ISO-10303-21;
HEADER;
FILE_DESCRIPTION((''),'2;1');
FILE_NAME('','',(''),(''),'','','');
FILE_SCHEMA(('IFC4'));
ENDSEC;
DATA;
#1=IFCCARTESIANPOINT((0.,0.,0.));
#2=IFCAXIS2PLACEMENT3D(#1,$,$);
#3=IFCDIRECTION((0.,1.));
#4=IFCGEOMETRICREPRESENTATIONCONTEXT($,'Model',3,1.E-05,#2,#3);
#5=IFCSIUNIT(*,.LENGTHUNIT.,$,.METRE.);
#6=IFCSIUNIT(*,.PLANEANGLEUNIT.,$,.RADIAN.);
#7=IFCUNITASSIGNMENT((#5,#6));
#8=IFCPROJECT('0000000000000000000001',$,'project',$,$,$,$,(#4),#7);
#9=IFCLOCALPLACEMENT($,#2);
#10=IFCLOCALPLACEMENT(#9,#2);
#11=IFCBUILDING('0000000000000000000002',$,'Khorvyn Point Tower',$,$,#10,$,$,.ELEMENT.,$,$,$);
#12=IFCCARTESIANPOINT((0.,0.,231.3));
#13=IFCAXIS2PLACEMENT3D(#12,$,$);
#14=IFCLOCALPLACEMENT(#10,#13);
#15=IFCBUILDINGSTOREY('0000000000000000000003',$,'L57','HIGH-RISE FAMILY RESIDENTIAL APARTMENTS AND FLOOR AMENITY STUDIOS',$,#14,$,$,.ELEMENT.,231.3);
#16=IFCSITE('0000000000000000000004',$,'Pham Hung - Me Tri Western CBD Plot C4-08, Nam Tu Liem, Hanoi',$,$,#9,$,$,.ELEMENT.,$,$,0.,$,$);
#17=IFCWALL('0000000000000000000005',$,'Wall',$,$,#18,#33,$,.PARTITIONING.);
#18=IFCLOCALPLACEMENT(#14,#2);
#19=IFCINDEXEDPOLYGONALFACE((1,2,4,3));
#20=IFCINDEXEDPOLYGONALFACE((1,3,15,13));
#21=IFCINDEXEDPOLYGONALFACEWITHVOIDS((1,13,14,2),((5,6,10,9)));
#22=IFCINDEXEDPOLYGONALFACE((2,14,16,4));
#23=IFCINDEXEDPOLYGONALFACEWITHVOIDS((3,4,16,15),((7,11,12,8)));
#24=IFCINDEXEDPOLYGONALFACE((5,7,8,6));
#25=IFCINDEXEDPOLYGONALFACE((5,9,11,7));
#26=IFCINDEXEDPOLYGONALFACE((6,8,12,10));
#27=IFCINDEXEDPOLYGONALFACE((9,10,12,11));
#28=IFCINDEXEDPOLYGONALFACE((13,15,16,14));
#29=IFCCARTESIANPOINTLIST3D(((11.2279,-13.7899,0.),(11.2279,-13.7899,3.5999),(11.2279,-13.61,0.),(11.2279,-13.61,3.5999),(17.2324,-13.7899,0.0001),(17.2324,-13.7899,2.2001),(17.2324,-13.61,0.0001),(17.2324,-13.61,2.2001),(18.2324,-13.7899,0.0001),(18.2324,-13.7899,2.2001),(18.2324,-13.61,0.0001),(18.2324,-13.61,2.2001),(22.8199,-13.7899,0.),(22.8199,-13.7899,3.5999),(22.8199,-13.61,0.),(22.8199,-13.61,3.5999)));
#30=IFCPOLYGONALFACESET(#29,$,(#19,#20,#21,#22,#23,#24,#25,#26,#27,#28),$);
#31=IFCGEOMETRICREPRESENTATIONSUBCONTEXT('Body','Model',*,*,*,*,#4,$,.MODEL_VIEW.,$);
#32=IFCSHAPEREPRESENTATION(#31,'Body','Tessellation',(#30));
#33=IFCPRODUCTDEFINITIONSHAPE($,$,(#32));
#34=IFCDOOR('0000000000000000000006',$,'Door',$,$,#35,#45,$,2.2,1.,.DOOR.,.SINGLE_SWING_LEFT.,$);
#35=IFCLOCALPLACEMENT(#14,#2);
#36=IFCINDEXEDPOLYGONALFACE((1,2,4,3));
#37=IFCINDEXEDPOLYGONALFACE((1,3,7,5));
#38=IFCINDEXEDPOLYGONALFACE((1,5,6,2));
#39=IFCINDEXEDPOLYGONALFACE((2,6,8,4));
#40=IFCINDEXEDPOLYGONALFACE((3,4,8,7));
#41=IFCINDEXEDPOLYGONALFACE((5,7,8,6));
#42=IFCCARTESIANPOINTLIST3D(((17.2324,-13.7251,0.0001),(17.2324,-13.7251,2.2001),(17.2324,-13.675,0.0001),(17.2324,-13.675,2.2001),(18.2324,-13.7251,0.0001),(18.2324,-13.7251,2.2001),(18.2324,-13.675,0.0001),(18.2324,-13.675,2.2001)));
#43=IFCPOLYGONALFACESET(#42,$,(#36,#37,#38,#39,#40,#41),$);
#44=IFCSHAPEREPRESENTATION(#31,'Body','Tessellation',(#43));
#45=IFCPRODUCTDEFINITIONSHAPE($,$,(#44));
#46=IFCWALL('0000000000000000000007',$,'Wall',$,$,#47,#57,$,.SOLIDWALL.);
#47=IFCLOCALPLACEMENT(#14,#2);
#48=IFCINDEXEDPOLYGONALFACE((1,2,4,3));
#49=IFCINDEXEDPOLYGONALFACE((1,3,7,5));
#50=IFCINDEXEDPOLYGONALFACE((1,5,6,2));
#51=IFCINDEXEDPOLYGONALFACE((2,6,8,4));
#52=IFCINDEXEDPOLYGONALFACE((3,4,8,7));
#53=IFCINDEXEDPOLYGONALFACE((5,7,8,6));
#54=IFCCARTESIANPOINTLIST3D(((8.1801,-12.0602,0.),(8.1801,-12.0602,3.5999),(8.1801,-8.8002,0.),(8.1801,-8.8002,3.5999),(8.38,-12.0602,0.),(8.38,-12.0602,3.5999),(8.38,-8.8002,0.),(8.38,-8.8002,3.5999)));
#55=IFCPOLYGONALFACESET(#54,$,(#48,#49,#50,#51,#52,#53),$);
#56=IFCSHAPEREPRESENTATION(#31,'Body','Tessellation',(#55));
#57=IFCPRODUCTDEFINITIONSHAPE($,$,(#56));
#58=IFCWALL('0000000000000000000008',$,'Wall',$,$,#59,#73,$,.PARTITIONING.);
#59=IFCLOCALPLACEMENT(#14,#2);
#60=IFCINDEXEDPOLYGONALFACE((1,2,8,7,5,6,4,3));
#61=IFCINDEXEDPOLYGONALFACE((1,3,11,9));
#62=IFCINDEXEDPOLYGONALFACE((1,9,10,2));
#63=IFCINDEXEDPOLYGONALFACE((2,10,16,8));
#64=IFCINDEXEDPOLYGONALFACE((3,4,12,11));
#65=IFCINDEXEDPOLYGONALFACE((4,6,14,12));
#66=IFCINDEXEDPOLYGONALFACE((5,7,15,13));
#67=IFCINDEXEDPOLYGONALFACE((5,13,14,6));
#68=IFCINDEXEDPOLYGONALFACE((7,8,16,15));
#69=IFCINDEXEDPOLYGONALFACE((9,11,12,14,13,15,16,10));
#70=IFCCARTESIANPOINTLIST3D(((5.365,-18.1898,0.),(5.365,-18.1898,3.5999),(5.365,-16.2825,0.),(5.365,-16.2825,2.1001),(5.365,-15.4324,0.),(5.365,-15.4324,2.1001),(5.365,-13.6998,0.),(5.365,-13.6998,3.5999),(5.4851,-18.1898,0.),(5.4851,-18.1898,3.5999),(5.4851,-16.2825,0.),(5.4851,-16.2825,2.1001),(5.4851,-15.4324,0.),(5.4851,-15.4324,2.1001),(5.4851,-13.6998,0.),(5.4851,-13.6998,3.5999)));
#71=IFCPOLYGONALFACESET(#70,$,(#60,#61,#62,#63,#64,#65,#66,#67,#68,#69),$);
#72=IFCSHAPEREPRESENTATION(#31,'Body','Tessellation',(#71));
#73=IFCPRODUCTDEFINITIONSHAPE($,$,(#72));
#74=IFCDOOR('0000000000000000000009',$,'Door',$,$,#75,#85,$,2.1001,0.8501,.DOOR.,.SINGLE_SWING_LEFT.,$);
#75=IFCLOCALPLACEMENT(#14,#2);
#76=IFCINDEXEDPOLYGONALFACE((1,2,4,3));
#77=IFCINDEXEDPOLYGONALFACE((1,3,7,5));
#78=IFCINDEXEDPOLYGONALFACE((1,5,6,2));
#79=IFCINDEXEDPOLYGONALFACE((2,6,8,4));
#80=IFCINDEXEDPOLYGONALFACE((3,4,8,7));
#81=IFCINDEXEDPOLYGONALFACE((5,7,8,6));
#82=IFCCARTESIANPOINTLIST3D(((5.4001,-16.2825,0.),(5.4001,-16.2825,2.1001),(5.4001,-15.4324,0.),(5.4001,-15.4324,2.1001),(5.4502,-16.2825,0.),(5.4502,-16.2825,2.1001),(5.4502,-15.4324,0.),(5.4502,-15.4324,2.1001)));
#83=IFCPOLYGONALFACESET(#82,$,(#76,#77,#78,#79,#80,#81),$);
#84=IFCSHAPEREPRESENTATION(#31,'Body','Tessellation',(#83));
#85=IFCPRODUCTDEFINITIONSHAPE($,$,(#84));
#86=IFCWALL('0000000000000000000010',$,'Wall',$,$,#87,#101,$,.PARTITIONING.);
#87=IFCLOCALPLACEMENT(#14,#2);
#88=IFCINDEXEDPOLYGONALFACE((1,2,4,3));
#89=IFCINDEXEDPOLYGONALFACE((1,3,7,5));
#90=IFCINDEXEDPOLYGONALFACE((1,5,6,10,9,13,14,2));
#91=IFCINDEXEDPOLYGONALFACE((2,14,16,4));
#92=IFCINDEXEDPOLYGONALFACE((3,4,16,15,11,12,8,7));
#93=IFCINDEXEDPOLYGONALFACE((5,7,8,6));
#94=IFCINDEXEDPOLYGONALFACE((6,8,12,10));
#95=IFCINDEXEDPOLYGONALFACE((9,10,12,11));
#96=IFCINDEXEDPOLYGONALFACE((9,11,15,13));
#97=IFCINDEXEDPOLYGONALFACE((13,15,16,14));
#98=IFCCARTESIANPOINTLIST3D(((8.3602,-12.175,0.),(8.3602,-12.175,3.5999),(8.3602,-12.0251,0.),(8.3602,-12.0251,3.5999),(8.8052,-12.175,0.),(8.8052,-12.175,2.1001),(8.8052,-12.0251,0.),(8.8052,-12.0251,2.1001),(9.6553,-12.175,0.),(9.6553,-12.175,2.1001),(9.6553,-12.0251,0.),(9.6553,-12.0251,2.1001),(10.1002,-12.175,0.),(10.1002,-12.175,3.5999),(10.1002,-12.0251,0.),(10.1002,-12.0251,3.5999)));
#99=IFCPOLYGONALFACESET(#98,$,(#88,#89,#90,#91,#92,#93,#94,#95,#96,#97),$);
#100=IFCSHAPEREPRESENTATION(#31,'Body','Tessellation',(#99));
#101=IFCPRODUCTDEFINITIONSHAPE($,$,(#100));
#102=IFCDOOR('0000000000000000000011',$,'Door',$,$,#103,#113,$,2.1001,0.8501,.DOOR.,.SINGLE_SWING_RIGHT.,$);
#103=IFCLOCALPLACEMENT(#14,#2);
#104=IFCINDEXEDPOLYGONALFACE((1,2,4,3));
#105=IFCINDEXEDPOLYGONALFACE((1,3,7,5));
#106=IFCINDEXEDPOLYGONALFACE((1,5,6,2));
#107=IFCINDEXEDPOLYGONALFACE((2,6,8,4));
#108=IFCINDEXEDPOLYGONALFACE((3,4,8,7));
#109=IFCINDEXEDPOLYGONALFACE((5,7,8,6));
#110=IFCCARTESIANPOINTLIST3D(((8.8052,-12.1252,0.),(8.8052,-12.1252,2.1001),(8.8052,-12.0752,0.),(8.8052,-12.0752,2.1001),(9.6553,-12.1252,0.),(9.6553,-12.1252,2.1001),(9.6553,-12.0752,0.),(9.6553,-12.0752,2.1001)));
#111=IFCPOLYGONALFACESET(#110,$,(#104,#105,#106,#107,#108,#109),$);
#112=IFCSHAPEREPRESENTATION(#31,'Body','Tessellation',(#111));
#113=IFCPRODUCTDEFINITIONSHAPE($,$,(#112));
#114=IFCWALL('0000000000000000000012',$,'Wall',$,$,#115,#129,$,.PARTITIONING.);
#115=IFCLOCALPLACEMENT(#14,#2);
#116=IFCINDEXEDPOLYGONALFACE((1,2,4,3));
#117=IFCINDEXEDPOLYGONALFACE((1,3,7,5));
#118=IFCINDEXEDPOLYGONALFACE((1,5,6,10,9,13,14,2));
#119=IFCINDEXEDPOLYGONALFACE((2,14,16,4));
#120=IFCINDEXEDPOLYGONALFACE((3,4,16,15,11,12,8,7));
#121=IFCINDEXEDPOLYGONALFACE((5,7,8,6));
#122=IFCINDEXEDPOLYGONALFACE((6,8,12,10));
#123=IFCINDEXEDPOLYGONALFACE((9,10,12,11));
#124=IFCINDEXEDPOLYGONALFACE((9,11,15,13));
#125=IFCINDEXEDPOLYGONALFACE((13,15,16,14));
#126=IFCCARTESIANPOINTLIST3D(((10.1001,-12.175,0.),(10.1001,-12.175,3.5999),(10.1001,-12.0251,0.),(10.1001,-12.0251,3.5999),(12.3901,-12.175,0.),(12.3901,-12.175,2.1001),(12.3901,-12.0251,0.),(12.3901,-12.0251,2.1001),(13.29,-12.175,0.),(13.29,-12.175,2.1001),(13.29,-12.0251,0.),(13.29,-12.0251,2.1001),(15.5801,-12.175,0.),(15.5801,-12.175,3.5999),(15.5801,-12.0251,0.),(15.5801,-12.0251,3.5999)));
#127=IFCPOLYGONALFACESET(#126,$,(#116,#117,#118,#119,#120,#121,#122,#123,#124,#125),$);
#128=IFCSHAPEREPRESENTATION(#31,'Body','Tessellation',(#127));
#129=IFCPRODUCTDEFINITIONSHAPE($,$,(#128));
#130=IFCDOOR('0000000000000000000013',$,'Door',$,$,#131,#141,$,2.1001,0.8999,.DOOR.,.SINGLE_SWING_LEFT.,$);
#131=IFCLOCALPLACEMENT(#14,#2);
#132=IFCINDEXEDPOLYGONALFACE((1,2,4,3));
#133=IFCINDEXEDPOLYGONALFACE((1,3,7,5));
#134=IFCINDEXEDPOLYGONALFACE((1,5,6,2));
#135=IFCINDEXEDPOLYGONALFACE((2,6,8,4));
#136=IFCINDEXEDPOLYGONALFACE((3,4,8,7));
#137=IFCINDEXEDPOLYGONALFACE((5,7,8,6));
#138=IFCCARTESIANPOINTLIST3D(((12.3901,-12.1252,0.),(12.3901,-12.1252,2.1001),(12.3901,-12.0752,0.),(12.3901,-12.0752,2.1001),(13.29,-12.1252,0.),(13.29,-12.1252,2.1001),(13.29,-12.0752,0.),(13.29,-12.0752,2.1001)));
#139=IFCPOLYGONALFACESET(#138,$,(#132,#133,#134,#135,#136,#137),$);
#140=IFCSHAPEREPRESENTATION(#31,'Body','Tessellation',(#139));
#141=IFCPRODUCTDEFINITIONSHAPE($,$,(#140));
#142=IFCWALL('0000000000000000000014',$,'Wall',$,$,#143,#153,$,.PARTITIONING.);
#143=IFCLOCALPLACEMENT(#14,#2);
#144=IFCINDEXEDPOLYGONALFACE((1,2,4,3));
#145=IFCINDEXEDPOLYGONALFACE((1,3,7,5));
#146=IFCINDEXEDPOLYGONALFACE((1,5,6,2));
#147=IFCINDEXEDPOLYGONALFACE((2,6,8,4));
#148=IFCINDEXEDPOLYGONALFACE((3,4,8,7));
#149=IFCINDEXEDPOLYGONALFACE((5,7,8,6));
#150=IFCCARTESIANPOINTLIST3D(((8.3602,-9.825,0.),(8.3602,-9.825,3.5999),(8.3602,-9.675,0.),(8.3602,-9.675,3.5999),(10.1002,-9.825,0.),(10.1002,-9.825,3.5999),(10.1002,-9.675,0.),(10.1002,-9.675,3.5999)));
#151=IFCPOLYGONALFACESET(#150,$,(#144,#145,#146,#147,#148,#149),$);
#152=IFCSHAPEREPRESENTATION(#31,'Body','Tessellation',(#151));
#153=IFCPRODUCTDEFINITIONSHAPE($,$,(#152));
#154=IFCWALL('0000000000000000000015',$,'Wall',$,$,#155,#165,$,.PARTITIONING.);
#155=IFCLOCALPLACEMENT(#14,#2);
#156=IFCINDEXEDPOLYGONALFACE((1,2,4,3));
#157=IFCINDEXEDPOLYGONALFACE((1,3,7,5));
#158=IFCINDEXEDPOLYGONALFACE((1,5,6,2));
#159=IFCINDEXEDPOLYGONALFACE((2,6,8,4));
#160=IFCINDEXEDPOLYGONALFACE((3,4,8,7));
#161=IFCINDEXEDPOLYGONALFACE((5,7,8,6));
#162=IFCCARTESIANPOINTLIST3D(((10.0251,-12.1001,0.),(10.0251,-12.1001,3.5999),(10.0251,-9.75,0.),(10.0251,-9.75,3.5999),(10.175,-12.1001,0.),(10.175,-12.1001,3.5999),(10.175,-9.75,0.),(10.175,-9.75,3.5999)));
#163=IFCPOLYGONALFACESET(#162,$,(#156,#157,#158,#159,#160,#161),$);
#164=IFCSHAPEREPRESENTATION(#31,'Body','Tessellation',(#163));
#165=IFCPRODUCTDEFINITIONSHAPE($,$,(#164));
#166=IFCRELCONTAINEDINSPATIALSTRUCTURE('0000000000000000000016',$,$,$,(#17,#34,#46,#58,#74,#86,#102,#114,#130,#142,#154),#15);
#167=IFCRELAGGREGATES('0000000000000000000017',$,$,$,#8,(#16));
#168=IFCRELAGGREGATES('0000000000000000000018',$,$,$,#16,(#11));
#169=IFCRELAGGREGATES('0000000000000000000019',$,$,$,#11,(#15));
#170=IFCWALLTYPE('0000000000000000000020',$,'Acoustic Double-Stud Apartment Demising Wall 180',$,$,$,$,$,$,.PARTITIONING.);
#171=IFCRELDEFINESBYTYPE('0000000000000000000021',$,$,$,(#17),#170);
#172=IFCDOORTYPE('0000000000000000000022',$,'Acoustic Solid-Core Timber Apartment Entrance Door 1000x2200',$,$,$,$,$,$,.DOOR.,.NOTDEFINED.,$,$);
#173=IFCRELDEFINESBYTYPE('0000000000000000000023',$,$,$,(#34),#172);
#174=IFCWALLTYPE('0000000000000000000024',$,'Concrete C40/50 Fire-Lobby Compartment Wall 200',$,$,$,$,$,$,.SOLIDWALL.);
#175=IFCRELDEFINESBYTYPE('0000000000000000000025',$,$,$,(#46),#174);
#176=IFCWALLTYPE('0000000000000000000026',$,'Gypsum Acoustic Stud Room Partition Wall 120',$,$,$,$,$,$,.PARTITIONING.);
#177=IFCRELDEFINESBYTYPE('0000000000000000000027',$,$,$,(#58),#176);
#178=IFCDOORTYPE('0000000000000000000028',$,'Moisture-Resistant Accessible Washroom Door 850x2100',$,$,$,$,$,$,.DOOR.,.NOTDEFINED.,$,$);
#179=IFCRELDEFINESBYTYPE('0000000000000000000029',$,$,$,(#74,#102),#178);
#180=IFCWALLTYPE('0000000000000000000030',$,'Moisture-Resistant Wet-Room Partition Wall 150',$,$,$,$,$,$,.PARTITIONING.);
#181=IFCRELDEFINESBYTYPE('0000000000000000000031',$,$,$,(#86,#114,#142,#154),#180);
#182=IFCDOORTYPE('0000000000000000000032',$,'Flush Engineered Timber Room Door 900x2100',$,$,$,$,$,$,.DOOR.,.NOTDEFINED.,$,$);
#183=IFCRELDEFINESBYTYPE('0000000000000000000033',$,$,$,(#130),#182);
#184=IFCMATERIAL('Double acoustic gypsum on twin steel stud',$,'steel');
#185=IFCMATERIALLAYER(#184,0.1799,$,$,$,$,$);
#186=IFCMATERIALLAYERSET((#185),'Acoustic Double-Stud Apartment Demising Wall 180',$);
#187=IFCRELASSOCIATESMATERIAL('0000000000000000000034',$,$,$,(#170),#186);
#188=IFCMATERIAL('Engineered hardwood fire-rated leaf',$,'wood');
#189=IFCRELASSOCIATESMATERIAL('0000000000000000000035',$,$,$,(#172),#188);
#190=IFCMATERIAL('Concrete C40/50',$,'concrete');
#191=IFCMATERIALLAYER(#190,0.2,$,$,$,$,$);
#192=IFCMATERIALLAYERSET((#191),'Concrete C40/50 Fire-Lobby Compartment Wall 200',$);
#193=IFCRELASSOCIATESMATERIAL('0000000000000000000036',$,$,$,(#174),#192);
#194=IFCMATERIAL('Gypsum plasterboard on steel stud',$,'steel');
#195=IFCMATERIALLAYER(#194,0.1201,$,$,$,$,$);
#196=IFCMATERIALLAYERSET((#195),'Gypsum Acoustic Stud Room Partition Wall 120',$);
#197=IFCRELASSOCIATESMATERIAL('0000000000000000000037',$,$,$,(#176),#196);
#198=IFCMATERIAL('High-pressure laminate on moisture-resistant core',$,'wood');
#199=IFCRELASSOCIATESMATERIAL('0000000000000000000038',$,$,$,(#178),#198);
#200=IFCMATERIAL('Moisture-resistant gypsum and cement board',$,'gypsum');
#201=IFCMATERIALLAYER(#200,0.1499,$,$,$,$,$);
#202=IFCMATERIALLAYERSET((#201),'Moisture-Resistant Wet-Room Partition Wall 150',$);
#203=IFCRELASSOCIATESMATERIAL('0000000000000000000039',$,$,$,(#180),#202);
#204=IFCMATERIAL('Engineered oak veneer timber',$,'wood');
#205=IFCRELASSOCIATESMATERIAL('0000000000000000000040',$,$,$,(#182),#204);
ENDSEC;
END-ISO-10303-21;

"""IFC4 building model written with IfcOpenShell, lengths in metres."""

from ifc_helpers import new_model, si_unit, direction, frame, frame_2d, origin, place, context, subcontext, project, spatial, rectangle, extrude, material, layer, layer_set, type_object, element, fill, save


model = new_model("IFC4")

# Units and contexts
model_context = context("Model", 3, precision=1e-05, world=origin(), true_north=direction((0.0, 1.0)))
body_context = subcontext(model_context, "Body", "Model", "MODEL_VIEW")
ifc_project = project(units=[si_unit("LENGTHUNIT", "METRE"), si_unit("PLANEANGLEUNIT", "RADIAN")], contexts=[model_context])

# Site, building, storey
site_placement = place(None, origin())
site = spatial("IfcSite", under=ifc_project, at=site_placement, Name="Pham Hung - Me Tri Western CBD Plot C4-08, Nam Tu Liem, Hanoi", CompositionType="ELEMENT", RefElevation=0.0)
building_placement = place(site_placement, origin())
building = spatial("IfcBuilding", under=site, at=building_placement, Name="Khorvyn Point Tower", CompositionType="ELEMENT")
storey_placement = place(building_placement, frame((0.0, 0.0, 231.3)))
storey = spatial("IfcBuildingStorey", under=building, at=storey_placement, Name="L57", Description="HIGH-RISE FAMILY RESIDENTIAL APARTMENTS AND FLOOR AMENITY STUDIOS", CompositionType="ELEMENT", Elevation=231.3)

# Wall, opening, door
ifc_material_1 = material(Name="Double acoustic gypsum on twin steel stud", Category="steel")
ifc_layer_1 = layer(ifc_material_1, 0.1799)
ifc_layer_set_1 = layer_set([ifc_layer_1], Name="Acoustic Double-Stud Apartment Demising Wall 180")
wall_type_1 = type_object("IfcWallType", Name="Acoustic Double-Stud Apartment Demising Wall 180", PredefinedType="PARTITIONING", material=ifc_layer_set_1)
wall_1_placement = place(storey_placement, frame((11.228, -13.7, 0.0), z_axis=(0.0, 0.0, 1.0), x_axis=(1.0, 0.0, 0.0)))
wall_1 = element("IfcWall", 1, at=wall_1_placement, inside=storey, type_object=wall_type_1, Name="Wall", PredefinedType="PARTITIONING", context=body_context, shape_type="SweptSolid", body=[
    extrude(rectangle(XDim=11.592, YDim=0.1799, at=frame_2d((5.7959, 0.0))), origin(), (0.0, 0.0, 1.0), 3.5999),
])
opening_1_placement = place(wall_1_placement, frame((6.0044, 0.0, 0.0)))
opening_1 = element("IfcOpeningElement", 2, at=opening_1_placement, cuts=wall_1, PredefinedType="OPENING", context=body_context, shape_type="SweptSolid", body=[
    extrude(rectangle(XDim=1.0, YDim=2.2, at=frame_2d((0.5, 1.1001))), frame((0.0, 0.0999, 0.0), z_axis=(0.0, -1.0, 0.0), x_axis=(1.0, 0.0, 0.0)), (0.0, 0.0, 1.0), 0.2),
])
ifc_material_2 = material(Name="Engineered hardwood fire-rated leaf", Category="wood")
door_type_1 = type_object("IfcDoorType", Name="Acoustic Solid-Core Timber Apartment Entrance Door 1000x2200", OperationType="NOTDEFINED", PredefinedType="DOOR", material=ifc_material_2)
door_1_placement = place(opening_1_placement, origin())
door_1 = element("IfcDoor", 3, at=door_1_placement, inside=storey, type_object=door_type_1, Name="Door", OperationType="SINGLE_SWING_LEFT", OverallHeight=2.2, OverallWidth=1.0, PredefinedType="DOOR", context=body_context, shape_type="SweptSolid", body=[
    extrude(rectangle(XDim=1.0, YDim=2.2, at=frame_2d((0.5, 1.1001))), frame((0.0, 0.0249, 0.0), z_axis=(0.0, -1.0, 0.0), x_axis=(1.0, 0.0, 0.0)), (0.0, 0.0, 1.0), 0.05),
])
fill(opening_1, door_1)
ifc_material_3 = material(Name="Concrete C40/50", Category="concrete")
ifc_layer_2 = layer(ifc_material_3, 0.2)
ifc_layer_set_2 = layer_set([ifc_layer_2], Name="Concrete C40/50 Fire-Lobby Compartment Wall 200")
wall_type_2 = type_object("IfcWallType", Name="Concrete C40/50 Fire-Lobby Compartment Wall 200", PredefinedType="SOLIDWALL", material=ifc_layer_set_2)

# Wall
wall_2_placement = place(storey_placement, frame((8.28, -12.0601, 0.0), z_axis=(0.0, 0.0, 1.0), x_axis=(0.0, 1.0, 0.0)))
element("IfcWall", 4, at=wall_2_placement, inside=storey, type_object=wall_type_2, Name="Wall", PredefinedType="SOLIDWALL", context=body_context, shape_type="SweptSolid", body=[
    extrude(rectangle(XDim=3.26, YDim=0.2, at=frame_2d((1.6299, 0.0))), origin(), (0.0, 0.0, 1.0), 3.5999),
])

# Walls, openings, doors
ifc_material_4 = material(Name="Gypsum plasterboard on steel stud", Category="steel")
ifc_layer_3 = layer(ifc_material_4, 0.1201)
ifc_layer_set_3 = layer_set([ifc_layer_3], Name="Gypsum Acoustic Stud Room Partition Wall 120")
wall_type_3 = type_object("IfcWallType", Name="Gypsum Acoustic Stud Room Partition Wall 120", PredefinedType="PARTITIONING", material=ifc_layer_set_3)
wall_3_placement = place(storey_placement, frame((5.425, -18.1899, 0.0), z_axis=(0.0, 0.0, 1.0), x_axis=(0.0, 1.0, 0.0)))
wall_3 = element("IfcWall", 5, at=wall_3_placement, inside=storey, type_object=wall_type_3, Name="Wall", PredefinedType="PARTITIONING", context=body_context, shape_type="SweptSolid", body=[
    extrude(rectangle(XDim=4.49, YDim=0.1201, at=frame_2d((2.2451, 0.0))), origin(), (0.0, 0.0, 1.0), 3.5999),
])
opening_2_placement = place(wall_3_placement, frame((1.9075, 0.0, 0.0)))
opening_2 = element("IfcOpeningElement", 6, at=opening_2_placement, cuts=wall_3, PredefinedType="OPENING", context=body_context, shape_type="SweptSolid", body=[
    extrude(rectangle(XDim=0.8501, YDim=2.1001, at=frame_2d((0.425, 1.05))), frame((0.0, 0.0701, 0.0), z_axis=(0.0, -1.0, 0.0), x_axis=(1.0, 0.0, 0.0)), (0.0, 0.0, 1.0), 0.1401),
])
ifc_material_5 = material(Name="High-pressure laminate on moisture-resistant core", Category="wood")
door_type_2 = type_object("IfcDoorType", Name="Moisture-Resistant Accessible Washroom Door 850x2100", OperationType="NOTDEFINED", PredefinedType="DOOR", material=ifc_material_5)
door_2_placement = place(opening_2_placement, origin())
door_2 = element("IfcDoor", 7, at=door_2_placement, inside=storey, type_object=door_type_2, Name="Door", OperationType="SINGLE_SWING_LEFT", OverallHeight=2.1001, OverallWidth=0.8501, PredefinedType="DOOR", context=body_context, shape_type="SweptSolid", body=[
    extrude(rectangle(XDim=0.8501, YDim=2.1001, at=frame_2d((0.425, 1.05))), frame((0.0, 0.0249, 0.0), z_axis=(0.0, -1.0, 0.0), x_axis=(1.0, 0.0, 0.0)), (0.0, 0.0, 1.0), 0.05),
])
fill(opening_2, door_2)
ifc_material_6 = material(Name="Moisture-resistant gypsum and cement board", Category="gypsum")
ifc_layer_4 = layer(ifc_material_6, 0.1499)
ifc_layer_set_4 = layer_set([ifc_layer_4], Name="Moisture-Resistant Wet-Room Partition Wall 150")
wall_type_4 = type_object("IfcWallType", Name="Moisture-Resistant Wet-Room Partition Wall 150", PredefinedType="PARTITIONING", material=ifc_layer_set_4)
wall_4_placement = place(storey_placement, frame((8.3601, -12.1001, 0.0), z_axis=(0.0, 0.0, 1.0), x_axis=(1.0, 0.0, 0.0)))
wall_4 = element("IfcWall", 8, at=wall_4_placement, inside=storey, type_object=wall_type_4, Name="Wall", PredefinedType="PARTITIONING", context=body_context, shape_type="SweptSolid", body=[
    extrude(rectangle(XDim=1.74, YDim=0.1499, at=frame_2d((0.8701, 0.0))), origin(), (0.0, 0.0, 1.0), 3.5999),
])
opening_3_placement = place(wall_4_placement, frame((0.4451, 0.0, 0.0)))
opening_3 = element("IfcOpeningElement", 9, at=opening_3_placement, cuts=wall_4, PredefinedType="OPENING", context=body_context, shape_type="SweptSolid", body=[
    extrude(rectangle(XDim=0.8501, YDim=2.1001, at=frame_2d((0.425, 1.05))), frame((0.0, 0.085, 0.0), z_axis=(0.0, -1.0, 0.0), x_axis=(1.0, 0.0, 0.0)), (0.0, 0.0, 1.0), 0.1699),
])
door_3_placement = place(opening_3_placement, origin())
door_3 = element("IfcDoor", 10, at=door_3_placement, inside=storey, type_object=door_type_2, Name="Door", OperationType="SINGLE_SWING_RIGHT", OverallHeight=2.1001, OverallWidth=0.8501, PredefinedType="DOOR", context=body_context, shape_type="SweptSolid", body=[
    extrude(rectangle(XDim=0.8501, YDim=2.1001, at=frame_2d((0.425, 1.05))), frame((0.0, 0.0249, 0.0), z_axis=(0.0, -1.0, 0.0), x_axis=(1.0, 0.0, 0.0)), (0.0, 0.0, 1.0), 0.05),
])
fill(opening_3, door_3)
wall_5_placement = place(storey_placement, frame((10.1001, -12.1001, 0.0), z_axis=(0.0, 0.0, 1.0), x_axis=(1.0, 0.0, 0.0)))
wall_5 = element("IfcWall", 11, at=wall_5_placement, inside=storey, type_object=wall_type_4, Name="Wall", PredefinedType="PARTITIONING", context=body_context, shape_type="SweptSolid", body=[
    extrude(rectangle(XDim=5.48, YDim=0.1499, at=frame_2d((2.74, 0.0))), origin(), (0.0, 0.0, 1.0), 3.5999),
])
opening_4_placement = place(wall_5_placement, frame((2.29, 0.0, 0.0)))
opening_4 = element("IfcOpeningElement", 12, at=opening_4_placement, cuts=wall_5, PredefinedType="OPENING", context=body_context, shape_type="SweptSolid", body=[
    extrude(rectangle(XDim=0.8999, YDim=2.1001, at=frame_2d((0.45, 1.05))), frame((0.0, 0.085, 0.0), z_axis=(0.0, -1.0, 0.0), x_axis=(1.0, 0.0, 0.0)), (0.0, 0.0, 1.0), 0.1699),
])
ifc_material_7 = material(Name="Engineered oak veneer timber", Category="wood")
door_type_3 = type_object("IfcDoorType", Name="Flush Engineered Timber Room Door 900x2100", OperationType="NOTDEFINED", PredefinedType="DOOR", material=ifc_material_7)
door_4_placement = place(opening_4_placement, origin())
door_4 = element("IfcDoor", 13, at=door_4_placement, inside=storey, type_object=door_type_3, Name="Door", OperationType="SINGLE_SWING_LEFT", OverallHeight=2.1001, OverallWidth=0.8999, PredefinedType="DOOR", context=body_context, shape_type="SweptSolid", body=[
    extrude(rectangle(XDim=0.8999, YDim=2.1001, at=frame_2d((0.45, 1.05))), frame((0.0, 0.0249, 0.0), z_axis=(0.0, -1.0, 0.0), x_axis=(1.0, 0.0, 0.0)), (0.0, 0.0, 1.0), 0.05),
])
fill(opening_4, door_4)

# Walls
wall_6_placement = place(storey_placement, frame((8.3601, -9.75, 0.0), z_axis=(0.0, 0.0, 1.0), x_axis=(1.0, 0.0, 0.0)))
element("IfcWall", 14, at=wall_6_placement, inside=storey, type_object=wall_type_4, Name="Wall", PredefinedType="PARTITIONING", context=body_context, shape_type="SweptSolid", body=[
    extrude(rectangle(XDim=1.74, YDim=0.1499, at=frame_2d((0.8701, 0.0))), origin(), (0.0, 0.0, 1.0), 3.5999),
])
wall_7_placement = place(storey_placement, frame((10.1001, -12.1001, 0.0), z_axis=(0.0, 0.0, 1.0), x_axis=(0.0, 1.0, 0.0)))
element("IfcWall", 15, at=wall_7_placement, inside=storey, type_object=wall_type_4, Name="Wall", PredefinedType="PARTITIONING", context=body_context, shape_type="SweptSolid", body=[
    extrude(rectangle(XDim=2.3501, YDim=0.1499, at=frame_2d((1.175, 0.0))), origin(), (0.0, 0.0, 1.0), 3.5999),
])

save(model, "model.ifc")
